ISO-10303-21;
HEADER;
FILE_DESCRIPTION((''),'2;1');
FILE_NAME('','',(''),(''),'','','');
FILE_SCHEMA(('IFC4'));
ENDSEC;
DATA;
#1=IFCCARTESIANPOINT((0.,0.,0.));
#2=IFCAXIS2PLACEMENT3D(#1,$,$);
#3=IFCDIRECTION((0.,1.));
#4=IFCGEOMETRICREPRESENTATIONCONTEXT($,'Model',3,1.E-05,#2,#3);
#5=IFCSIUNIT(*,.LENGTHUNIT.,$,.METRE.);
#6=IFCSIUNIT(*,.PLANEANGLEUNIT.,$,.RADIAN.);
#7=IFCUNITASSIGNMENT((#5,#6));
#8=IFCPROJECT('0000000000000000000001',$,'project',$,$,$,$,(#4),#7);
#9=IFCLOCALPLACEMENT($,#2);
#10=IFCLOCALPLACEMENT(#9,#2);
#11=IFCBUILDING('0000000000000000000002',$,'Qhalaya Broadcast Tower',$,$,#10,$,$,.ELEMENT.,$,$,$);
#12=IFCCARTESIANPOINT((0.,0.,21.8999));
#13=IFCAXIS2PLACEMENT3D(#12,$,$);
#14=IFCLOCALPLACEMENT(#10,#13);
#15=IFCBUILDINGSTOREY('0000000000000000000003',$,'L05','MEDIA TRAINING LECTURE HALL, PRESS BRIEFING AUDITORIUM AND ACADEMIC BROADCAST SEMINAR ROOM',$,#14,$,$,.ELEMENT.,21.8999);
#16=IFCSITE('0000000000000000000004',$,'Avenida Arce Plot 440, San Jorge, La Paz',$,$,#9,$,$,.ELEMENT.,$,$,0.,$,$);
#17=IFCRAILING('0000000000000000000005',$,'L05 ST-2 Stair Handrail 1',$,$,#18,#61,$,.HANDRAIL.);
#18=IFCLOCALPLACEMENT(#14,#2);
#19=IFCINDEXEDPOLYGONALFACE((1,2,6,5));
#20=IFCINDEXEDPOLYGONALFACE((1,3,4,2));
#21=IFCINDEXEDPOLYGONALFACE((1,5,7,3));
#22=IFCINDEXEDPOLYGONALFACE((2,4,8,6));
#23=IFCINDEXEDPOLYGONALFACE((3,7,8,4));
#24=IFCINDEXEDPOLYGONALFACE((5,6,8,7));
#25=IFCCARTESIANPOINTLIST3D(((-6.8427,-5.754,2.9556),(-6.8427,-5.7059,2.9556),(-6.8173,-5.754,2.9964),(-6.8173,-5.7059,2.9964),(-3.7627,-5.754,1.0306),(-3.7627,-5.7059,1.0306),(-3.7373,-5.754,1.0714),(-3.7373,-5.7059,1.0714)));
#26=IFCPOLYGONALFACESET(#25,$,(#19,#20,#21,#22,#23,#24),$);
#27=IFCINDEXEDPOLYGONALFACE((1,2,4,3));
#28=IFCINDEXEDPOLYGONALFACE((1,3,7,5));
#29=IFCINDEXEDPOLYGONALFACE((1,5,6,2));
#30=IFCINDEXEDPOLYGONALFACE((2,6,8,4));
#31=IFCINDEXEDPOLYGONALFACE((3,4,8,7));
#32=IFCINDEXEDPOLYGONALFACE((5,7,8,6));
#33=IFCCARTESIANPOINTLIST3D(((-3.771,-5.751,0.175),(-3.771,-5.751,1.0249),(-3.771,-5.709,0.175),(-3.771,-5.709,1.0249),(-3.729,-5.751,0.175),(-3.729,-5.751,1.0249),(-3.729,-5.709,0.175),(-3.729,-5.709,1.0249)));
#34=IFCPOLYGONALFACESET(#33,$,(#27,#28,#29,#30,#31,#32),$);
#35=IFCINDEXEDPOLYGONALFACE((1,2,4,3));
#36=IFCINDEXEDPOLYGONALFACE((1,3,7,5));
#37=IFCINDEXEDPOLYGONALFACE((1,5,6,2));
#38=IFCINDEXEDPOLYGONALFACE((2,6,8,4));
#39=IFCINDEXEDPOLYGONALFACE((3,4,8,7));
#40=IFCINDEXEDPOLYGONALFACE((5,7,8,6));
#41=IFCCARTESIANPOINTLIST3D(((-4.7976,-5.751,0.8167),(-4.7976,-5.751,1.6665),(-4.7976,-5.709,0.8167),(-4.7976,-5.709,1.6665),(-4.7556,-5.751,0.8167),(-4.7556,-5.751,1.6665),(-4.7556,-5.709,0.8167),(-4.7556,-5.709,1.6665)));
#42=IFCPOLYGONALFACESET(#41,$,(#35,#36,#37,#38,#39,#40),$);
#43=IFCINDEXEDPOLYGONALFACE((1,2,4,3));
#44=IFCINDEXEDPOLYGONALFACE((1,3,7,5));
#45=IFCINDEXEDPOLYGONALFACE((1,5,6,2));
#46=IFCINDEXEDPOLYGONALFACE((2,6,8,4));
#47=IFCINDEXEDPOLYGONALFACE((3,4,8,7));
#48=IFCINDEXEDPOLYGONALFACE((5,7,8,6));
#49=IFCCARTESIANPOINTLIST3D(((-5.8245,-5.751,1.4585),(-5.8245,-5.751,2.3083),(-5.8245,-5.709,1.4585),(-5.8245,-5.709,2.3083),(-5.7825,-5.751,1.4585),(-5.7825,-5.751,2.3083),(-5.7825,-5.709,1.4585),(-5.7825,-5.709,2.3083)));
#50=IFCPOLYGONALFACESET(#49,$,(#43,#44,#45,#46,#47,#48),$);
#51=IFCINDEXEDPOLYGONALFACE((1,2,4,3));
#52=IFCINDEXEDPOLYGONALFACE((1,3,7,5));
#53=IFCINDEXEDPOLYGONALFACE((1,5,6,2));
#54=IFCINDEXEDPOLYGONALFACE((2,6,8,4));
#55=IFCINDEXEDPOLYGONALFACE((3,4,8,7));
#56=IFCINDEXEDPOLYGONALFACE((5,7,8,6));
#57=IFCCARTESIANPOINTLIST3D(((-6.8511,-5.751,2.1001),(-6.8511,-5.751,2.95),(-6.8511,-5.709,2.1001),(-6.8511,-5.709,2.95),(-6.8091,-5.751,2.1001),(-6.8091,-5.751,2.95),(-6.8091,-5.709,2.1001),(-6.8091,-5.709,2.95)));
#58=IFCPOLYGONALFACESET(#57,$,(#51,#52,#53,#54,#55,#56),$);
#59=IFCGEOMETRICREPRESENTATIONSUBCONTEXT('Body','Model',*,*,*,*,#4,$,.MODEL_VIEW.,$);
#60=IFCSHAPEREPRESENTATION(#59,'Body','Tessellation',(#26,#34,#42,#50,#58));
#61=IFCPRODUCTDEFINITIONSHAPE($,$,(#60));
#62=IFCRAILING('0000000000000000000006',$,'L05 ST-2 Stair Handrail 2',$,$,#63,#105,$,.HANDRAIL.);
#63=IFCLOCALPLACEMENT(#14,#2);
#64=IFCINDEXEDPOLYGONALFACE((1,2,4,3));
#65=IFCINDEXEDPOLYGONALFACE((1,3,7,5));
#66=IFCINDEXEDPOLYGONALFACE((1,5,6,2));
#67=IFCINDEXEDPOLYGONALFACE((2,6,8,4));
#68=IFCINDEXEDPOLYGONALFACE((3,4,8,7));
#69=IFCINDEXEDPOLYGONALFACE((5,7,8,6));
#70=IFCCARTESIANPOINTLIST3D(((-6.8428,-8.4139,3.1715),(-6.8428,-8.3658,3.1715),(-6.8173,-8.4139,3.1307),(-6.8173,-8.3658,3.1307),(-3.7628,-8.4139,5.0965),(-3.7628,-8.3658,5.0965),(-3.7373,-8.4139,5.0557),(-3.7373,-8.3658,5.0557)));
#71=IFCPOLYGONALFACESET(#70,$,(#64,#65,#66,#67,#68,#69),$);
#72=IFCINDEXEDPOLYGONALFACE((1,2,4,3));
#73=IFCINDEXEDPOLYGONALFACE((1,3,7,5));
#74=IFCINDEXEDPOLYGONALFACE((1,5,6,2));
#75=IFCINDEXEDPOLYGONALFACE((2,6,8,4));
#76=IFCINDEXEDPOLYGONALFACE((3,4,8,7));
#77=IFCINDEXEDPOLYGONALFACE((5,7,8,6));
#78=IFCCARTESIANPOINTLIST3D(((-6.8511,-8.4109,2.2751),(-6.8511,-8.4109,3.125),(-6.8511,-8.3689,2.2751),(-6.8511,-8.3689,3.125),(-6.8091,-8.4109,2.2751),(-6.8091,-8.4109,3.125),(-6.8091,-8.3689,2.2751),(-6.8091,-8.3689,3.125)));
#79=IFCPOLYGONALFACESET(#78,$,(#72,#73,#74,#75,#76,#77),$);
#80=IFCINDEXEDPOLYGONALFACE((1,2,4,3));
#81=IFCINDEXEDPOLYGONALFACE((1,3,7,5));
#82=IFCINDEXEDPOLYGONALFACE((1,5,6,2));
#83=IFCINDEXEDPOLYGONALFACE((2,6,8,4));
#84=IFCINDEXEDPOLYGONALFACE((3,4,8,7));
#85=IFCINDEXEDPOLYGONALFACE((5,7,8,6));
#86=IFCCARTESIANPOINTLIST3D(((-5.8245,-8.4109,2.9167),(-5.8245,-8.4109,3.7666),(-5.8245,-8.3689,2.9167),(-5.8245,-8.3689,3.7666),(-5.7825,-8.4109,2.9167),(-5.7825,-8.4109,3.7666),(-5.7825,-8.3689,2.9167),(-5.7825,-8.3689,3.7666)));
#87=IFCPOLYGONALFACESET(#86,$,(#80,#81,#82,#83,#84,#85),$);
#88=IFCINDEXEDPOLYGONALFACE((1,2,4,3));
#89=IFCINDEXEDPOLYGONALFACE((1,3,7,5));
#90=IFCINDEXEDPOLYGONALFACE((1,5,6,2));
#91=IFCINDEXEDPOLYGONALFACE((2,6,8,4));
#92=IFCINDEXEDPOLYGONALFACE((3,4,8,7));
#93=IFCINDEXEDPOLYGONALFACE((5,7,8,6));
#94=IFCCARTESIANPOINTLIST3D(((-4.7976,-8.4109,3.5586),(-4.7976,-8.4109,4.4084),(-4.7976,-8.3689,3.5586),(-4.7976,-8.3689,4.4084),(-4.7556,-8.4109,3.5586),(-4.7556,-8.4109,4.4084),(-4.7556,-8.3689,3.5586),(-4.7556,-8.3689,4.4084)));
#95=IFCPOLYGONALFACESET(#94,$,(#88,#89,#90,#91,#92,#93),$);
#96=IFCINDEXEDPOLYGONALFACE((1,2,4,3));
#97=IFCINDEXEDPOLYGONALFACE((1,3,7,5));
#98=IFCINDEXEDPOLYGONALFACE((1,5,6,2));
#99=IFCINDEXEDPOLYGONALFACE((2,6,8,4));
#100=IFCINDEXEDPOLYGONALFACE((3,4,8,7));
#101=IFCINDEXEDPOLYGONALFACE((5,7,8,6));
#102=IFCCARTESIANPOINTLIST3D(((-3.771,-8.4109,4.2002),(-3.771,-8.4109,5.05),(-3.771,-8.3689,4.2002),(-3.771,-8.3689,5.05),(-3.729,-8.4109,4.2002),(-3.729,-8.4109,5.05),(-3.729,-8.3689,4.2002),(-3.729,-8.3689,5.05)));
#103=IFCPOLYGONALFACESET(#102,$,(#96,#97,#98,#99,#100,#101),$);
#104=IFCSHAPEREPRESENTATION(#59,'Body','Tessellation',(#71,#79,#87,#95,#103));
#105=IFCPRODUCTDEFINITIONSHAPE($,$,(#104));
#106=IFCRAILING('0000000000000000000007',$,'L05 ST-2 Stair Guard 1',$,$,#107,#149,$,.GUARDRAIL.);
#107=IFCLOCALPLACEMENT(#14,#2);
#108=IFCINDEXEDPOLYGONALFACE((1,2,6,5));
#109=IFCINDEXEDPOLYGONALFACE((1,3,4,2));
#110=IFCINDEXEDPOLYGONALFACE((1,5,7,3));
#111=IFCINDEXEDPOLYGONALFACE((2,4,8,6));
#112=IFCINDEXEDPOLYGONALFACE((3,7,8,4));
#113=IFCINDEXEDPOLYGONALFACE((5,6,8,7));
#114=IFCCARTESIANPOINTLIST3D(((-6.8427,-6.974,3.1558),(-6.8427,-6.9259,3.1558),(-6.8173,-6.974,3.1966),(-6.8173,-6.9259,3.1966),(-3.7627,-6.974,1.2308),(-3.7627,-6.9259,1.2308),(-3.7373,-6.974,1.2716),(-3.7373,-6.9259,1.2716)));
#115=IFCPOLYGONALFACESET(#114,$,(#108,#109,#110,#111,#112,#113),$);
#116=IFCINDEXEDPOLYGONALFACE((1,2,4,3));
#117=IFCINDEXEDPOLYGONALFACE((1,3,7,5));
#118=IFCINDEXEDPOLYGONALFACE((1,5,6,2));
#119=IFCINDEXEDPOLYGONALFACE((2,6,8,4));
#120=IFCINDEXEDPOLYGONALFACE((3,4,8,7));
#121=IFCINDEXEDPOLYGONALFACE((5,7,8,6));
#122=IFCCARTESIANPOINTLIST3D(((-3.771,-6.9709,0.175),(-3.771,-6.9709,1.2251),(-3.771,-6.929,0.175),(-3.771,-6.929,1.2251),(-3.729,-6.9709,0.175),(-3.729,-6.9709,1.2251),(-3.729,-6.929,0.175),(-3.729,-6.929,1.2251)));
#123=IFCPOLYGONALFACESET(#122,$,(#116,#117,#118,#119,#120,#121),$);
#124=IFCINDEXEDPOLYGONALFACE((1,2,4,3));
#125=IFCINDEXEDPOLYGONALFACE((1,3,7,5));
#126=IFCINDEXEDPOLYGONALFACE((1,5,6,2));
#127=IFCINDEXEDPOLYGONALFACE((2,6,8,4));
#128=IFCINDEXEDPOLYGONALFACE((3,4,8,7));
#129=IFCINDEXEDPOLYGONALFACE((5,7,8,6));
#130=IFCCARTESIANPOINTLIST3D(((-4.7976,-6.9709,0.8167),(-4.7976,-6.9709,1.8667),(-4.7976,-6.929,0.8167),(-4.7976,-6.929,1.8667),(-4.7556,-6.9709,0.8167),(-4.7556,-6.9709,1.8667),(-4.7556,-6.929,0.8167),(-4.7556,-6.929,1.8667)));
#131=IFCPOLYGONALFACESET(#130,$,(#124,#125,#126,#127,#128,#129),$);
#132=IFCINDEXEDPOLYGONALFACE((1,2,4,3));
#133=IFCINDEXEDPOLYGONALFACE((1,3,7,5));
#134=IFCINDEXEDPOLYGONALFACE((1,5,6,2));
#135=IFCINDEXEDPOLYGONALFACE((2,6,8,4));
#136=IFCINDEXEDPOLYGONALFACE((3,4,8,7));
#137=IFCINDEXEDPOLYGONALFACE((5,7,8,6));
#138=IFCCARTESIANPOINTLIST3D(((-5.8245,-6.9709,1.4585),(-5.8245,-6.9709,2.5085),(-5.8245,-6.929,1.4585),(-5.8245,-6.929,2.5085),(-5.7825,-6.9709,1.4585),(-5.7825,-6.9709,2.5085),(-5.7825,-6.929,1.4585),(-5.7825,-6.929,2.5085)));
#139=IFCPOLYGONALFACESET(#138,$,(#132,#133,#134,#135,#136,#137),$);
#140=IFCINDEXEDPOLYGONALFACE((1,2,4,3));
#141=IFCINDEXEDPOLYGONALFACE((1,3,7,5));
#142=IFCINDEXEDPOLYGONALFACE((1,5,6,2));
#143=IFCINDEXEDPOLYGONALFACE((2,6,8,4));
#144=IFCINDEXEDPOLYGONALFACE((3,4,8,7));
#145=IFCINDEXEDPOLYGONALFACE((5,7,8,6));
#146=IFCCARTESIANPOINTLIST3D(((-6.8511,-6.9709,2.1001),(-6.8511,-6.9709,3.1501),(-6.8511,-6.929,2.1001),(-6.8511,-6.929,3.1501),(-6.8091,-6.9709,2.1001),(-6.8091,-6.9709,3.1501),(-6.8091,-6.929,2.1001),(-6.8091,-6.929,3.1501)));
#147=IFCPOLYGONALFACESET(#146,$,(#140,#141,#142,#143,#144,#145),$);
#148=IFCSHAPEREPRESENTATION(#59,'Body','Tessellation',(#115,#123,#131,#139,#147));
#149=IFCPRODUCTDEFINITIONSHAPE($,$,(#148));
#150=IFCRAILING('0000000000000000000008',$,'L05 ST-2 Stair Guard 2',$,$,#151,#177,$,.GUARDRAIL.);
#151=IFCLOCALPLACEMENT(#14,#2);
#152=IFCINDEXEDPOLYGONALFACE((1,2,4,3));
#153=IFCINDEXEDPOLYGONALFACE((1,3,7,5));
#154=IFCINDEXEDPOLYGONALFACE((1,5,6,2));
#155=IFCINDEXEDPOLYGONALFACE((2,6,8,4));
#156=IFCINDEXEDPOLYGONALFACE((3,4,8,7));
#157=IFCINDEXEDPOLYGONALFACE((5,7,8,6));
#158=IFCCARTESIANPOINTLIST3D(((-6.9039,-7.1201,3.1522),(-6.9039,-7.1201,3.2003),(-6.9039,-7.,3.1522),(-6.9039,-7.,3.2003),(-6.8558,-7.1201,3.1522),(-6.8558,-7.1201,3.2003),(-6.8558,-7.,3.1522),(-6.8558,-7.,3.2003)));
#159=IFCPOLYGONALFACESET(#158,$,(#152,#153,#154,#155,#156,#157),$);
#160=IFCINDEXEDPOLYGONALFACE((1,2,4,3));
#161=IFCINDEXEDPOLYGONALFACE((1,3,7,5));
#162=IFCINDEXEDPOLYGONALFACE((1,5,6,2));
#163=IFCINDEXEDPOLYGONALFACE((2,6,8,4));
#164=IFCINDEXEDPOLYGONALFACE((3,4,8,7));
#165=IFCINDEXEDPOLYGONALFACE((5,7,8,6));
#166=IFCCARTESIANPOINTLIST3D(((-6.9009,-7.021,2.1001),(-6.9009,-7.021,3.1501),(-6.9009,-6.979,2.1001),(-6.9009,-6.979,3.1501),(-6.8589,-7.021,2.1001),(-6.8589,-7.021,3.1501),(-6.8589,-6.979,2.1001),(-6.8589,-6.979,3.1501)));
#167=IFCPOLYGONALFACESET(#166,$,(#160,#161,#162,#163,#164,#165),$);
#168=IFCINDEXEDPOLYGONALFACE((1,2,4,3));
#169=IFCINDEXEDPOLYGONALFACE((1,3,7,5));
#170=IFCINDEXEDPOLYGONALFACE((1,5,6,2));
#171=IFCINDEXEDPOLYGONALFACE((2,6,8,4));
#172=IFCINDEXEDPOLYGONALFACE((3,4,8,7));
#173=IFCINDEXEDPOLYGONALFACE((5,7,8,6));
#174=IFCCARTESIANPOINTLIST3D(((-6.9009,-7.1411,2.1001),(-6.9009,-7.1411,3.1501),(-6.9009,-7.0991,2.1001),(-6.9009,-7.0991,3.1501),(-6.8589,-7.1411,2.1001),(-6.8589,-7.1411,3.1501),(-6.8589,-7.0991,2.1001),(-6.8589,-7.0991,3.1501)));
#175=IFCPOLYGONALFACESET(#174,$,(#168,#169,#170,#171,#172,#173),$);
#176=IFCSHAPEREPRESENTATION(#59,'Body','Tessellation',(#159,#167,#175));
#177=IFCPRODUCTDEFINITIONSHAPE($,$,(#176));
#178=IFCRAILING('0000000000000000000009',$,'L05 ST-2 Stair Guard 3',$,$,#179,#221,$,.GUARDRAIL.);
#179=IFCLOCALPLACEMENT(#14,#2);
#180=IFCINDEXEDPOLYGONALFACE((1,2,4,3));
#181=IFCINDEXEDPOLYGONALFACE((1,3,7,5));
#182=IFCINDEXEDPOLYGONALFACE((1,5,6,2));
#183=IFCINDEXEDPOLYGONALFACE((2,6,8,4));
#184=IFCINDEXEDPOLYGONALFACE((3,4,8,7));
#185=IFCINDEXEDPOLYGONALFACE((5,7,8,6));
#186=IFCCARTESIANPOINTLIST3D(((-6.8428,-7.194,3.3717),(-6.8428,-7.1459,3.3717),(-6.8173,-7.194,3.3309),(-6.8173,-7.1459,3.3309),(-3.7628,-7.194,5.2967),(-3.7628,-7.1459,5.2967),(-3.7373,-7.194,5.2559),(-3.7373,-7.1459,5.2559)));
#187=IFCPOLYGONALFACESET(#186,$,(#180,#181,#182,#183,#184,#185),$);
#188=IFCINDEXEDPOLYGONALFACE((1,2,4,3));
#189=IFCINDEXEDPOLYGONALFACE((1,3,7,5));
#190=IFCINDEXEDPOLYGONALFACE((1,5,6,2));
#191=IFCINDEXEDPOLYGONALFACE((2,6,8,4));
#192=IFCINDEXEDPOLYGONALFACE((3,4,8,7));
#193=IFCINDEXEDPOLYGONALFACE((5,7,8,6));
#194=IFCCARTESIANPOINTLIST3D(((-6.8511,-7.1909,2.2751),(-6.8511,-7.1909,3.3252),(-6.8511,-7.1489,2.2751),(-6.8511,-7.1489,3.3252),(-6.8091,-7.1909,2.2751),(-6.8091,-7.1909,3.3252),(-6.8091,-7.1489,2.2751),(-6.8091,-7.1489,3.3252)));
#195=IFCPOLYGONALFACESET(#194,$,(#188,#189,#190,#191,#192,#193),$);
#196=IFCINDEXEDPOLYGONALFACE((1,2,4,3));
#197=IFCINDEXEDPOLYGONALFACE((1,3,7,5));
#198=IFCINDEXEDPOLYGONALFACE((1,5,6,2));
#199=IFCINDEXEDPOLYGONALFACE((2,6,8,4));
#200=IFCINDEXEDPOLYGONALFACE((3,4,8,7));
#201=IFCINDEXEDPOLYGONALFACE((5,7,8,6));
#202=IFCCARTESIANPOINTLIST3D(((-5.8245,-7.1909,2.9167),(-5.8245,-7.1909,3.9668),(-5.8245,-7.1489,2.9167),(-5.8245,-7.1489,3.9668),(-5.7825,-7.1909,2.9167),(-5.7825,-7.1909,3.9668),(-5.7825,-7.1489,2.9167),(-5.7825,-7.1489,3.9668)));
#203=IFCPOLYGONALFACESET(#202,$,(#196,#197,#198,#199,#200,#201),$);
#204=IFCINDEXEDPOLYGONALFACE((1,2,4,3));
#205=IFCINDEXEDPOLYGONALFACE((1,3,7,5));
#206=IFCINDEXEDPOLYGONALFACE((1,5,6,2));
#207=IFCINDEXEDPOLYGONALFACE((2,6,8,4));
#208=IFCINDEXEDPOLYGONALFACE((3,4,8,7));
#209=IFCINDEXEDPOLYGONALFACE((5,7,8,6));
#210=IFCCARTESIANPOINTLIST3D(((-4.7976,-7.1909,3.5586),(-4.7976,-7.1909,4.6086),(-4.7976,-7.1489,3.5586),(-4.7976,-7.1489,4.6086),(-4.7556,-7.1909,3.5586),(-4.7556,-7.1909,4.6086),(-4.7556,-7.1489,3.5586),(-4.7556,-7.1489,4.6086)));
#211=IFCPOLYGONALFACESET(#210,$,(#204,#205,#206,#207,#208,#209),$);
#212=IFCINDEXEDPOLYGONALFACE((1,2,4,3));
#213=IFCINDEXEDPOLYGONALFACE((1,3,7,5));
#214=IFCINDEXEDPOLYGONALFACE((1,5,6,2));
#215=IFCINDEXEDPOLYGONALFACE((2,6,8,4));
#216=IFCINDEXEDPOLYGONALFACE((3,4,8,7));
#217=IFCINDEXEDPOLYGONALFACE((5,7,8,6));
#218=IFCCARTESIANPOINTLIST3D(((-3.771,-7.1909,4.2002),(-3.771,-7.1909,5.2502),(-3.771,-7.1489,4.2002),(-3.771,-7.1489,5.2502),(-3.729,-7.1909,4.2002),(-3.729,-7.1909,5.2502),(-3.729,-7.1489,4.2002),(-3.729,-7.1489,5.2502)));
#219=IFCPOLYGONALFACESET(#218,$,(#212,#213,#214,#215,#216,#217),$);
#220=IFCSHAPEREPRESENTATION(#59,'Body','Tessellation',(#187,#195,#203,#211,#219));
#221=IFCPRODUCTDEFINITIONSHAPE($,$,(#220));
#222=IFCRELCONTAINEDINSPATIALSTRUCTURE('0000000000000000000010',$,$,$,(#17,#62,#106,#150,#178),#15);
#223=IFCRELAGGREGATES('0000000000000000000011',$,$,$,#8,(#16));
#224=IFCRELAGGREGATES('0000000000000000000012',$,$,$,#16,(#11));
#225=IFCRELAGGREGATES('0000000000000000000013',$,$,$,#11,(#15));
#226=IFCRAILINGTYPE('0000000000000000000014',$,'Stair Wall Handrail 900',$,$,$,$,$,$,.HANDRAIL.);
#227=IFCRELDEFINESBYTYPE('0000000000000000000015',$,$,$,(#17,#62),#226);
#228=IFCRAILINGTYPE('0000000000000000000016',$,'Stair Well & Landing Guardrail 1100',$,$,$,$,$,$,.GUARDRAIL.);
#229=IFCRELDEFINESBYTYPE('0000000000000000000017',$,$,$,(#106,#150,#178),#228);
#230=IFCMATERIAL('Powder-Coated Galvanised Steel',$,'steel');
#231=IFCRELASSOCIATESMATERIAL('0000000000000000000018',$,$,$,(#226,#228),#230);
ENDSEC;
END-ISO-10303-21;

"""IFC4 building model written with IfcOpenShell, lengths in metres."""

from ifc_helpers import new_model, si_unit, direction, frame, origin, origin_2d, place, context, subcontext, project, spatial, rectangle, extrude, material, type_object, element, save


model = new_model("IFC4")

# Units and contexts
model_context = context("Model", 3, precision=1e-05, world=origin(), true_north=direction((0.0, 1.0)))
body_context = subcontext(model_context, "Body", "Model", "MODEL_VIEW")
ifc_project = project(units=[si_unit("LENGTHUNIT", "METRE"), si_unit("PLANEANGLEUNIT", "RADIAN")], contexts=[model_context])

# Site, building, storey
site_placement = place(None, origin())
site = spatial("IfcSite", under=ifc_project, at=site_placement, Name="Avenida Arce Plot 440, San Jorge, La Paz", CompositionType="ELEMENT", RefElevation=0.0)
building_placement = place(site_placement, origin())
building = spatial("IfcBuilding", under=site, at=building_placement, Name="Qhalaya Broadcast Tower", CompositionType="ELEMENT")
storey_placement = place(building_placement, frame((0.0, 0.0, 21.8999)))
storey = spatial("IfcBuildingStorey", under=building, at=storey_placement, Name="L05", Description="MEDIA TRAINING LECTURE HALL, PRESS BRIEFING AUDITORIUM AND ACADEMIC BROADCAST SEMINAR ROOM", CompositionType="ELEMENT", Elevation=21.8999)

# Railings
ifc_material_1 = material(Name="Powder-Coated Galvanised Steel", Category="steel")
railing_type_1 = type_object("IfcRailingType", Name="Stair Wall Handrail 900", PredefinedType="HANDRAIL", material=ifc_material_1)
railing_1_placement = place(storey_placement, frame((-3.75, -5.73, 0.175)))
element("IfcRailing", 1, at=railing_1_placement, inside=storey, type_object=railing_type_1, Name="L05 ST-2 Stair Handrail 1", PredefinedType="HANDRAIL", context=body_context, shape_type="SweptSolid", body=[
    extrude(rectangle(XDim=0.0481, YDim=0.0481, at=origin_2d()), frame((0.0, 0.0, 0.876), z_axis=(-0.847998, 0.0, 0.529999), x_axis=(0.0, -1.0, 0.0)), (0.0, 0.0, 1.0), 3.6321),
    extrude(rectangle(XDim=0.042, YDim=0.042, at=origin_2d()), origin(), (0.0, 0.0, 1.0), 0.8499),
    extrude(rectangle(XDim=0.042, YDim=0.042, at=origin_2d()), frame((-1.0266, 0.0, 0.6416)), (0.0, 0.0, 1.0), 0.8499),
    extrude(rectangle(XDim=0.042, YDim=0.042, at=origin_2d()), frame((-2.0535, 0.0, 1.2834)), (0.0, 0.0, 1.0), 0.8499),
    extrude(rectangle(XDim=0.042, YDim=0.042, at=origin_2d()), frame((-3.0801, 0.0, 1.925)), (0.0, 0.0, 1.0), 0.8499),
])
railing_2_placement = place(storey_placement, frame((-6.8301, -8.3899, 2.2751)))
element("IfcRailing", 2, at=railing_2_placement, inside=storey, type_object=railing_type_1, Name="L05 ST-2 Stair Handrail 2", PredefinedType="HANDRAIL", context=body_context, shape_type="SweptSolid", body=[
    extrude(rectangle(XDim=0.0481, YDim=0.0481, at=origin_2d()), frame((0.0, 0.0, 0.876), z_axis=(0.847998, 0.0, 0.529999), x_axis=(0.0, 1.0, 0.0)), (0.0, 0.0, 1.0), 3.6321),
    extrude(rectangle(XDim=0.042, YDim=0.042, at=origin_2d()), origin(), (0.0, 0.0, 1.0), 0.8499),
    extrude(rectangle(XDim=0.042, YDim=0.042, at=origin_2d()), frame((1.0266, 0.0, 0.6416)), (0.0, 0.0, 1.0), 0.8499),
    extrude(rectangle(XDim=0.042, YDim=0.042, at=origin_2d()), frame((2.0535, 0.0, 1.2834)), (0.0, 0.0, 1.0), 0.8499),
    extrude(rectangle(XDim=0.042, YDim=0.042, at=origin_2d()), frame((3.0801, 0.0, 1.925)), (0.0, 0.0, 1.0), 0.8499),
])
railing_type_2 = type_object("IfcRailingType", Name="Stair Well & Landing Guardrail 1100", PredefinedType="GUARDRAIL", material=ifc_material_1)
railing_3_placement = place(storey_placement, frame((-3.75, -6.95, 0.175)))
element("IfcRailing", 3, at=railing_3_placement, inside=storey, type_object=railing_type_2, Name="L05 ST-2 Stair Guard 1", PredefinedType="GUARDRAIL", context=body_context, shape_type="SweptSolid", body=[
    extrude(rectangle(XDim=0.0481, YDim=0.0481, at=origin_2d()), frame((0.0, 0.0, 1.0762), z_axis=(-0.847998, 0.0, 0.529999), x_axis=(0.0, -1.0, 0.0)), (0.0, 0.0, 1.0), 3.6321),
    extrude(rectangle(XDim=0.042, YDim=0.042, at=origin_2d()), origin(), (0.0, 0.0, 1.0), 1.05),
    extrude(rectangle(XDim=0.042, YDim=0.042, at=origin_2d()), frame((-1.0266, 0.0, 0.6416)), (0.0, 0.0, 1.0), 1.05),
    extrude(rectangle(XDim=0.042, YDim=0.042, at=origin_2d()), frame((-2.0535, 0.0, 1.2834)), (0.0, 0.0, 1.0), 1.05),
    extrude(rectangle(XDim=0.042, YDim=0.042, at=origin_2d()), frame((-3.0801, 0.0, 1.925)), (0.0, 0.0, 1.0), 1.05),
])
railing_4_placement = place(storey_placement, frame((-6.8799, -7.0, 2.1001)))
element("IfcRailing", 4, at=railing_4_placement, inside=storey, type_object=railing_type_2, Name="L05 ST-2 Stair Guard 2", PredefinedType="GUARDRAIL", context=body_context, shape_type="SweptSolid", body=[
    extrude(rectangle(XDim=0.0481, YDim=0.0481, at=origin_2d()), frame((0.0, 0.0, 1.0762), z_axis=(0.0, -1.0, 0.0), x_axis=(1.0, 0.0, 0.0)), (0.0, 0.0, 1.0), 0.1201),
    extrude(rectangle(XDim=0.042, YDim=0.042, at=origin_2d()), origin(), (0.0, 0.0, 1.0), 1.05),
    extrude(rectangle(XDim=0.042, YDim=0.042, at=origin_2d()), frame((0.0, -0.1201, 0.0)), (0.0, 0.0, 1.0), 1.05),
])
railing_5_placement = place(storey_placement, frame((-6.8301, -7.1699, 2.2751)))
element("IfcRailing", 5, at=railing_5_placement, inside=storey, type_object=railing_type_2, Name="L05 ST-2 Stair Guard 3", PredefinedType="GUARDRAIL", context=body_context, shape_type="SweptSolid", body=[
    extrude(rectangle(XDim=0.0481, YDim=0.0481, at=origin_2d()), frame((0.0, 0.0, 1.0762), z_axis=(0.847998, 0.0, 0.529999), x_axis=(0.0, 1.0, 0.0)), (0.0, 0.0, 1.0), 3.6321),
    extrude(rectangle(XDim=0.042, YDim=0.042, at=origin_2d()), origin(), (0.0, 0.0, 1.0), 1.05),
    extrude(rectangle(XDim=0.042, YDim=0.042, at=origin_2d()), frame((1.0266, 0.0, 0.6416)), (0.0, 0.0, 1.0), 1.05),
    extrude(rectangle(XDim=0.042, YDim=0.042, at=origin_2d()), frame((2.0535, 0.0, 1.2834)), (0.0, 0.0, 1.0), 1.05),
    extrude(rectangle(XDim=0.042, YDim=0.042, at=origin_2d()), frame((3.0801, 0.0, 1.925)), (0.0, 0.0, 1.0), 1.05),
])

save(model, "model.ifc")
